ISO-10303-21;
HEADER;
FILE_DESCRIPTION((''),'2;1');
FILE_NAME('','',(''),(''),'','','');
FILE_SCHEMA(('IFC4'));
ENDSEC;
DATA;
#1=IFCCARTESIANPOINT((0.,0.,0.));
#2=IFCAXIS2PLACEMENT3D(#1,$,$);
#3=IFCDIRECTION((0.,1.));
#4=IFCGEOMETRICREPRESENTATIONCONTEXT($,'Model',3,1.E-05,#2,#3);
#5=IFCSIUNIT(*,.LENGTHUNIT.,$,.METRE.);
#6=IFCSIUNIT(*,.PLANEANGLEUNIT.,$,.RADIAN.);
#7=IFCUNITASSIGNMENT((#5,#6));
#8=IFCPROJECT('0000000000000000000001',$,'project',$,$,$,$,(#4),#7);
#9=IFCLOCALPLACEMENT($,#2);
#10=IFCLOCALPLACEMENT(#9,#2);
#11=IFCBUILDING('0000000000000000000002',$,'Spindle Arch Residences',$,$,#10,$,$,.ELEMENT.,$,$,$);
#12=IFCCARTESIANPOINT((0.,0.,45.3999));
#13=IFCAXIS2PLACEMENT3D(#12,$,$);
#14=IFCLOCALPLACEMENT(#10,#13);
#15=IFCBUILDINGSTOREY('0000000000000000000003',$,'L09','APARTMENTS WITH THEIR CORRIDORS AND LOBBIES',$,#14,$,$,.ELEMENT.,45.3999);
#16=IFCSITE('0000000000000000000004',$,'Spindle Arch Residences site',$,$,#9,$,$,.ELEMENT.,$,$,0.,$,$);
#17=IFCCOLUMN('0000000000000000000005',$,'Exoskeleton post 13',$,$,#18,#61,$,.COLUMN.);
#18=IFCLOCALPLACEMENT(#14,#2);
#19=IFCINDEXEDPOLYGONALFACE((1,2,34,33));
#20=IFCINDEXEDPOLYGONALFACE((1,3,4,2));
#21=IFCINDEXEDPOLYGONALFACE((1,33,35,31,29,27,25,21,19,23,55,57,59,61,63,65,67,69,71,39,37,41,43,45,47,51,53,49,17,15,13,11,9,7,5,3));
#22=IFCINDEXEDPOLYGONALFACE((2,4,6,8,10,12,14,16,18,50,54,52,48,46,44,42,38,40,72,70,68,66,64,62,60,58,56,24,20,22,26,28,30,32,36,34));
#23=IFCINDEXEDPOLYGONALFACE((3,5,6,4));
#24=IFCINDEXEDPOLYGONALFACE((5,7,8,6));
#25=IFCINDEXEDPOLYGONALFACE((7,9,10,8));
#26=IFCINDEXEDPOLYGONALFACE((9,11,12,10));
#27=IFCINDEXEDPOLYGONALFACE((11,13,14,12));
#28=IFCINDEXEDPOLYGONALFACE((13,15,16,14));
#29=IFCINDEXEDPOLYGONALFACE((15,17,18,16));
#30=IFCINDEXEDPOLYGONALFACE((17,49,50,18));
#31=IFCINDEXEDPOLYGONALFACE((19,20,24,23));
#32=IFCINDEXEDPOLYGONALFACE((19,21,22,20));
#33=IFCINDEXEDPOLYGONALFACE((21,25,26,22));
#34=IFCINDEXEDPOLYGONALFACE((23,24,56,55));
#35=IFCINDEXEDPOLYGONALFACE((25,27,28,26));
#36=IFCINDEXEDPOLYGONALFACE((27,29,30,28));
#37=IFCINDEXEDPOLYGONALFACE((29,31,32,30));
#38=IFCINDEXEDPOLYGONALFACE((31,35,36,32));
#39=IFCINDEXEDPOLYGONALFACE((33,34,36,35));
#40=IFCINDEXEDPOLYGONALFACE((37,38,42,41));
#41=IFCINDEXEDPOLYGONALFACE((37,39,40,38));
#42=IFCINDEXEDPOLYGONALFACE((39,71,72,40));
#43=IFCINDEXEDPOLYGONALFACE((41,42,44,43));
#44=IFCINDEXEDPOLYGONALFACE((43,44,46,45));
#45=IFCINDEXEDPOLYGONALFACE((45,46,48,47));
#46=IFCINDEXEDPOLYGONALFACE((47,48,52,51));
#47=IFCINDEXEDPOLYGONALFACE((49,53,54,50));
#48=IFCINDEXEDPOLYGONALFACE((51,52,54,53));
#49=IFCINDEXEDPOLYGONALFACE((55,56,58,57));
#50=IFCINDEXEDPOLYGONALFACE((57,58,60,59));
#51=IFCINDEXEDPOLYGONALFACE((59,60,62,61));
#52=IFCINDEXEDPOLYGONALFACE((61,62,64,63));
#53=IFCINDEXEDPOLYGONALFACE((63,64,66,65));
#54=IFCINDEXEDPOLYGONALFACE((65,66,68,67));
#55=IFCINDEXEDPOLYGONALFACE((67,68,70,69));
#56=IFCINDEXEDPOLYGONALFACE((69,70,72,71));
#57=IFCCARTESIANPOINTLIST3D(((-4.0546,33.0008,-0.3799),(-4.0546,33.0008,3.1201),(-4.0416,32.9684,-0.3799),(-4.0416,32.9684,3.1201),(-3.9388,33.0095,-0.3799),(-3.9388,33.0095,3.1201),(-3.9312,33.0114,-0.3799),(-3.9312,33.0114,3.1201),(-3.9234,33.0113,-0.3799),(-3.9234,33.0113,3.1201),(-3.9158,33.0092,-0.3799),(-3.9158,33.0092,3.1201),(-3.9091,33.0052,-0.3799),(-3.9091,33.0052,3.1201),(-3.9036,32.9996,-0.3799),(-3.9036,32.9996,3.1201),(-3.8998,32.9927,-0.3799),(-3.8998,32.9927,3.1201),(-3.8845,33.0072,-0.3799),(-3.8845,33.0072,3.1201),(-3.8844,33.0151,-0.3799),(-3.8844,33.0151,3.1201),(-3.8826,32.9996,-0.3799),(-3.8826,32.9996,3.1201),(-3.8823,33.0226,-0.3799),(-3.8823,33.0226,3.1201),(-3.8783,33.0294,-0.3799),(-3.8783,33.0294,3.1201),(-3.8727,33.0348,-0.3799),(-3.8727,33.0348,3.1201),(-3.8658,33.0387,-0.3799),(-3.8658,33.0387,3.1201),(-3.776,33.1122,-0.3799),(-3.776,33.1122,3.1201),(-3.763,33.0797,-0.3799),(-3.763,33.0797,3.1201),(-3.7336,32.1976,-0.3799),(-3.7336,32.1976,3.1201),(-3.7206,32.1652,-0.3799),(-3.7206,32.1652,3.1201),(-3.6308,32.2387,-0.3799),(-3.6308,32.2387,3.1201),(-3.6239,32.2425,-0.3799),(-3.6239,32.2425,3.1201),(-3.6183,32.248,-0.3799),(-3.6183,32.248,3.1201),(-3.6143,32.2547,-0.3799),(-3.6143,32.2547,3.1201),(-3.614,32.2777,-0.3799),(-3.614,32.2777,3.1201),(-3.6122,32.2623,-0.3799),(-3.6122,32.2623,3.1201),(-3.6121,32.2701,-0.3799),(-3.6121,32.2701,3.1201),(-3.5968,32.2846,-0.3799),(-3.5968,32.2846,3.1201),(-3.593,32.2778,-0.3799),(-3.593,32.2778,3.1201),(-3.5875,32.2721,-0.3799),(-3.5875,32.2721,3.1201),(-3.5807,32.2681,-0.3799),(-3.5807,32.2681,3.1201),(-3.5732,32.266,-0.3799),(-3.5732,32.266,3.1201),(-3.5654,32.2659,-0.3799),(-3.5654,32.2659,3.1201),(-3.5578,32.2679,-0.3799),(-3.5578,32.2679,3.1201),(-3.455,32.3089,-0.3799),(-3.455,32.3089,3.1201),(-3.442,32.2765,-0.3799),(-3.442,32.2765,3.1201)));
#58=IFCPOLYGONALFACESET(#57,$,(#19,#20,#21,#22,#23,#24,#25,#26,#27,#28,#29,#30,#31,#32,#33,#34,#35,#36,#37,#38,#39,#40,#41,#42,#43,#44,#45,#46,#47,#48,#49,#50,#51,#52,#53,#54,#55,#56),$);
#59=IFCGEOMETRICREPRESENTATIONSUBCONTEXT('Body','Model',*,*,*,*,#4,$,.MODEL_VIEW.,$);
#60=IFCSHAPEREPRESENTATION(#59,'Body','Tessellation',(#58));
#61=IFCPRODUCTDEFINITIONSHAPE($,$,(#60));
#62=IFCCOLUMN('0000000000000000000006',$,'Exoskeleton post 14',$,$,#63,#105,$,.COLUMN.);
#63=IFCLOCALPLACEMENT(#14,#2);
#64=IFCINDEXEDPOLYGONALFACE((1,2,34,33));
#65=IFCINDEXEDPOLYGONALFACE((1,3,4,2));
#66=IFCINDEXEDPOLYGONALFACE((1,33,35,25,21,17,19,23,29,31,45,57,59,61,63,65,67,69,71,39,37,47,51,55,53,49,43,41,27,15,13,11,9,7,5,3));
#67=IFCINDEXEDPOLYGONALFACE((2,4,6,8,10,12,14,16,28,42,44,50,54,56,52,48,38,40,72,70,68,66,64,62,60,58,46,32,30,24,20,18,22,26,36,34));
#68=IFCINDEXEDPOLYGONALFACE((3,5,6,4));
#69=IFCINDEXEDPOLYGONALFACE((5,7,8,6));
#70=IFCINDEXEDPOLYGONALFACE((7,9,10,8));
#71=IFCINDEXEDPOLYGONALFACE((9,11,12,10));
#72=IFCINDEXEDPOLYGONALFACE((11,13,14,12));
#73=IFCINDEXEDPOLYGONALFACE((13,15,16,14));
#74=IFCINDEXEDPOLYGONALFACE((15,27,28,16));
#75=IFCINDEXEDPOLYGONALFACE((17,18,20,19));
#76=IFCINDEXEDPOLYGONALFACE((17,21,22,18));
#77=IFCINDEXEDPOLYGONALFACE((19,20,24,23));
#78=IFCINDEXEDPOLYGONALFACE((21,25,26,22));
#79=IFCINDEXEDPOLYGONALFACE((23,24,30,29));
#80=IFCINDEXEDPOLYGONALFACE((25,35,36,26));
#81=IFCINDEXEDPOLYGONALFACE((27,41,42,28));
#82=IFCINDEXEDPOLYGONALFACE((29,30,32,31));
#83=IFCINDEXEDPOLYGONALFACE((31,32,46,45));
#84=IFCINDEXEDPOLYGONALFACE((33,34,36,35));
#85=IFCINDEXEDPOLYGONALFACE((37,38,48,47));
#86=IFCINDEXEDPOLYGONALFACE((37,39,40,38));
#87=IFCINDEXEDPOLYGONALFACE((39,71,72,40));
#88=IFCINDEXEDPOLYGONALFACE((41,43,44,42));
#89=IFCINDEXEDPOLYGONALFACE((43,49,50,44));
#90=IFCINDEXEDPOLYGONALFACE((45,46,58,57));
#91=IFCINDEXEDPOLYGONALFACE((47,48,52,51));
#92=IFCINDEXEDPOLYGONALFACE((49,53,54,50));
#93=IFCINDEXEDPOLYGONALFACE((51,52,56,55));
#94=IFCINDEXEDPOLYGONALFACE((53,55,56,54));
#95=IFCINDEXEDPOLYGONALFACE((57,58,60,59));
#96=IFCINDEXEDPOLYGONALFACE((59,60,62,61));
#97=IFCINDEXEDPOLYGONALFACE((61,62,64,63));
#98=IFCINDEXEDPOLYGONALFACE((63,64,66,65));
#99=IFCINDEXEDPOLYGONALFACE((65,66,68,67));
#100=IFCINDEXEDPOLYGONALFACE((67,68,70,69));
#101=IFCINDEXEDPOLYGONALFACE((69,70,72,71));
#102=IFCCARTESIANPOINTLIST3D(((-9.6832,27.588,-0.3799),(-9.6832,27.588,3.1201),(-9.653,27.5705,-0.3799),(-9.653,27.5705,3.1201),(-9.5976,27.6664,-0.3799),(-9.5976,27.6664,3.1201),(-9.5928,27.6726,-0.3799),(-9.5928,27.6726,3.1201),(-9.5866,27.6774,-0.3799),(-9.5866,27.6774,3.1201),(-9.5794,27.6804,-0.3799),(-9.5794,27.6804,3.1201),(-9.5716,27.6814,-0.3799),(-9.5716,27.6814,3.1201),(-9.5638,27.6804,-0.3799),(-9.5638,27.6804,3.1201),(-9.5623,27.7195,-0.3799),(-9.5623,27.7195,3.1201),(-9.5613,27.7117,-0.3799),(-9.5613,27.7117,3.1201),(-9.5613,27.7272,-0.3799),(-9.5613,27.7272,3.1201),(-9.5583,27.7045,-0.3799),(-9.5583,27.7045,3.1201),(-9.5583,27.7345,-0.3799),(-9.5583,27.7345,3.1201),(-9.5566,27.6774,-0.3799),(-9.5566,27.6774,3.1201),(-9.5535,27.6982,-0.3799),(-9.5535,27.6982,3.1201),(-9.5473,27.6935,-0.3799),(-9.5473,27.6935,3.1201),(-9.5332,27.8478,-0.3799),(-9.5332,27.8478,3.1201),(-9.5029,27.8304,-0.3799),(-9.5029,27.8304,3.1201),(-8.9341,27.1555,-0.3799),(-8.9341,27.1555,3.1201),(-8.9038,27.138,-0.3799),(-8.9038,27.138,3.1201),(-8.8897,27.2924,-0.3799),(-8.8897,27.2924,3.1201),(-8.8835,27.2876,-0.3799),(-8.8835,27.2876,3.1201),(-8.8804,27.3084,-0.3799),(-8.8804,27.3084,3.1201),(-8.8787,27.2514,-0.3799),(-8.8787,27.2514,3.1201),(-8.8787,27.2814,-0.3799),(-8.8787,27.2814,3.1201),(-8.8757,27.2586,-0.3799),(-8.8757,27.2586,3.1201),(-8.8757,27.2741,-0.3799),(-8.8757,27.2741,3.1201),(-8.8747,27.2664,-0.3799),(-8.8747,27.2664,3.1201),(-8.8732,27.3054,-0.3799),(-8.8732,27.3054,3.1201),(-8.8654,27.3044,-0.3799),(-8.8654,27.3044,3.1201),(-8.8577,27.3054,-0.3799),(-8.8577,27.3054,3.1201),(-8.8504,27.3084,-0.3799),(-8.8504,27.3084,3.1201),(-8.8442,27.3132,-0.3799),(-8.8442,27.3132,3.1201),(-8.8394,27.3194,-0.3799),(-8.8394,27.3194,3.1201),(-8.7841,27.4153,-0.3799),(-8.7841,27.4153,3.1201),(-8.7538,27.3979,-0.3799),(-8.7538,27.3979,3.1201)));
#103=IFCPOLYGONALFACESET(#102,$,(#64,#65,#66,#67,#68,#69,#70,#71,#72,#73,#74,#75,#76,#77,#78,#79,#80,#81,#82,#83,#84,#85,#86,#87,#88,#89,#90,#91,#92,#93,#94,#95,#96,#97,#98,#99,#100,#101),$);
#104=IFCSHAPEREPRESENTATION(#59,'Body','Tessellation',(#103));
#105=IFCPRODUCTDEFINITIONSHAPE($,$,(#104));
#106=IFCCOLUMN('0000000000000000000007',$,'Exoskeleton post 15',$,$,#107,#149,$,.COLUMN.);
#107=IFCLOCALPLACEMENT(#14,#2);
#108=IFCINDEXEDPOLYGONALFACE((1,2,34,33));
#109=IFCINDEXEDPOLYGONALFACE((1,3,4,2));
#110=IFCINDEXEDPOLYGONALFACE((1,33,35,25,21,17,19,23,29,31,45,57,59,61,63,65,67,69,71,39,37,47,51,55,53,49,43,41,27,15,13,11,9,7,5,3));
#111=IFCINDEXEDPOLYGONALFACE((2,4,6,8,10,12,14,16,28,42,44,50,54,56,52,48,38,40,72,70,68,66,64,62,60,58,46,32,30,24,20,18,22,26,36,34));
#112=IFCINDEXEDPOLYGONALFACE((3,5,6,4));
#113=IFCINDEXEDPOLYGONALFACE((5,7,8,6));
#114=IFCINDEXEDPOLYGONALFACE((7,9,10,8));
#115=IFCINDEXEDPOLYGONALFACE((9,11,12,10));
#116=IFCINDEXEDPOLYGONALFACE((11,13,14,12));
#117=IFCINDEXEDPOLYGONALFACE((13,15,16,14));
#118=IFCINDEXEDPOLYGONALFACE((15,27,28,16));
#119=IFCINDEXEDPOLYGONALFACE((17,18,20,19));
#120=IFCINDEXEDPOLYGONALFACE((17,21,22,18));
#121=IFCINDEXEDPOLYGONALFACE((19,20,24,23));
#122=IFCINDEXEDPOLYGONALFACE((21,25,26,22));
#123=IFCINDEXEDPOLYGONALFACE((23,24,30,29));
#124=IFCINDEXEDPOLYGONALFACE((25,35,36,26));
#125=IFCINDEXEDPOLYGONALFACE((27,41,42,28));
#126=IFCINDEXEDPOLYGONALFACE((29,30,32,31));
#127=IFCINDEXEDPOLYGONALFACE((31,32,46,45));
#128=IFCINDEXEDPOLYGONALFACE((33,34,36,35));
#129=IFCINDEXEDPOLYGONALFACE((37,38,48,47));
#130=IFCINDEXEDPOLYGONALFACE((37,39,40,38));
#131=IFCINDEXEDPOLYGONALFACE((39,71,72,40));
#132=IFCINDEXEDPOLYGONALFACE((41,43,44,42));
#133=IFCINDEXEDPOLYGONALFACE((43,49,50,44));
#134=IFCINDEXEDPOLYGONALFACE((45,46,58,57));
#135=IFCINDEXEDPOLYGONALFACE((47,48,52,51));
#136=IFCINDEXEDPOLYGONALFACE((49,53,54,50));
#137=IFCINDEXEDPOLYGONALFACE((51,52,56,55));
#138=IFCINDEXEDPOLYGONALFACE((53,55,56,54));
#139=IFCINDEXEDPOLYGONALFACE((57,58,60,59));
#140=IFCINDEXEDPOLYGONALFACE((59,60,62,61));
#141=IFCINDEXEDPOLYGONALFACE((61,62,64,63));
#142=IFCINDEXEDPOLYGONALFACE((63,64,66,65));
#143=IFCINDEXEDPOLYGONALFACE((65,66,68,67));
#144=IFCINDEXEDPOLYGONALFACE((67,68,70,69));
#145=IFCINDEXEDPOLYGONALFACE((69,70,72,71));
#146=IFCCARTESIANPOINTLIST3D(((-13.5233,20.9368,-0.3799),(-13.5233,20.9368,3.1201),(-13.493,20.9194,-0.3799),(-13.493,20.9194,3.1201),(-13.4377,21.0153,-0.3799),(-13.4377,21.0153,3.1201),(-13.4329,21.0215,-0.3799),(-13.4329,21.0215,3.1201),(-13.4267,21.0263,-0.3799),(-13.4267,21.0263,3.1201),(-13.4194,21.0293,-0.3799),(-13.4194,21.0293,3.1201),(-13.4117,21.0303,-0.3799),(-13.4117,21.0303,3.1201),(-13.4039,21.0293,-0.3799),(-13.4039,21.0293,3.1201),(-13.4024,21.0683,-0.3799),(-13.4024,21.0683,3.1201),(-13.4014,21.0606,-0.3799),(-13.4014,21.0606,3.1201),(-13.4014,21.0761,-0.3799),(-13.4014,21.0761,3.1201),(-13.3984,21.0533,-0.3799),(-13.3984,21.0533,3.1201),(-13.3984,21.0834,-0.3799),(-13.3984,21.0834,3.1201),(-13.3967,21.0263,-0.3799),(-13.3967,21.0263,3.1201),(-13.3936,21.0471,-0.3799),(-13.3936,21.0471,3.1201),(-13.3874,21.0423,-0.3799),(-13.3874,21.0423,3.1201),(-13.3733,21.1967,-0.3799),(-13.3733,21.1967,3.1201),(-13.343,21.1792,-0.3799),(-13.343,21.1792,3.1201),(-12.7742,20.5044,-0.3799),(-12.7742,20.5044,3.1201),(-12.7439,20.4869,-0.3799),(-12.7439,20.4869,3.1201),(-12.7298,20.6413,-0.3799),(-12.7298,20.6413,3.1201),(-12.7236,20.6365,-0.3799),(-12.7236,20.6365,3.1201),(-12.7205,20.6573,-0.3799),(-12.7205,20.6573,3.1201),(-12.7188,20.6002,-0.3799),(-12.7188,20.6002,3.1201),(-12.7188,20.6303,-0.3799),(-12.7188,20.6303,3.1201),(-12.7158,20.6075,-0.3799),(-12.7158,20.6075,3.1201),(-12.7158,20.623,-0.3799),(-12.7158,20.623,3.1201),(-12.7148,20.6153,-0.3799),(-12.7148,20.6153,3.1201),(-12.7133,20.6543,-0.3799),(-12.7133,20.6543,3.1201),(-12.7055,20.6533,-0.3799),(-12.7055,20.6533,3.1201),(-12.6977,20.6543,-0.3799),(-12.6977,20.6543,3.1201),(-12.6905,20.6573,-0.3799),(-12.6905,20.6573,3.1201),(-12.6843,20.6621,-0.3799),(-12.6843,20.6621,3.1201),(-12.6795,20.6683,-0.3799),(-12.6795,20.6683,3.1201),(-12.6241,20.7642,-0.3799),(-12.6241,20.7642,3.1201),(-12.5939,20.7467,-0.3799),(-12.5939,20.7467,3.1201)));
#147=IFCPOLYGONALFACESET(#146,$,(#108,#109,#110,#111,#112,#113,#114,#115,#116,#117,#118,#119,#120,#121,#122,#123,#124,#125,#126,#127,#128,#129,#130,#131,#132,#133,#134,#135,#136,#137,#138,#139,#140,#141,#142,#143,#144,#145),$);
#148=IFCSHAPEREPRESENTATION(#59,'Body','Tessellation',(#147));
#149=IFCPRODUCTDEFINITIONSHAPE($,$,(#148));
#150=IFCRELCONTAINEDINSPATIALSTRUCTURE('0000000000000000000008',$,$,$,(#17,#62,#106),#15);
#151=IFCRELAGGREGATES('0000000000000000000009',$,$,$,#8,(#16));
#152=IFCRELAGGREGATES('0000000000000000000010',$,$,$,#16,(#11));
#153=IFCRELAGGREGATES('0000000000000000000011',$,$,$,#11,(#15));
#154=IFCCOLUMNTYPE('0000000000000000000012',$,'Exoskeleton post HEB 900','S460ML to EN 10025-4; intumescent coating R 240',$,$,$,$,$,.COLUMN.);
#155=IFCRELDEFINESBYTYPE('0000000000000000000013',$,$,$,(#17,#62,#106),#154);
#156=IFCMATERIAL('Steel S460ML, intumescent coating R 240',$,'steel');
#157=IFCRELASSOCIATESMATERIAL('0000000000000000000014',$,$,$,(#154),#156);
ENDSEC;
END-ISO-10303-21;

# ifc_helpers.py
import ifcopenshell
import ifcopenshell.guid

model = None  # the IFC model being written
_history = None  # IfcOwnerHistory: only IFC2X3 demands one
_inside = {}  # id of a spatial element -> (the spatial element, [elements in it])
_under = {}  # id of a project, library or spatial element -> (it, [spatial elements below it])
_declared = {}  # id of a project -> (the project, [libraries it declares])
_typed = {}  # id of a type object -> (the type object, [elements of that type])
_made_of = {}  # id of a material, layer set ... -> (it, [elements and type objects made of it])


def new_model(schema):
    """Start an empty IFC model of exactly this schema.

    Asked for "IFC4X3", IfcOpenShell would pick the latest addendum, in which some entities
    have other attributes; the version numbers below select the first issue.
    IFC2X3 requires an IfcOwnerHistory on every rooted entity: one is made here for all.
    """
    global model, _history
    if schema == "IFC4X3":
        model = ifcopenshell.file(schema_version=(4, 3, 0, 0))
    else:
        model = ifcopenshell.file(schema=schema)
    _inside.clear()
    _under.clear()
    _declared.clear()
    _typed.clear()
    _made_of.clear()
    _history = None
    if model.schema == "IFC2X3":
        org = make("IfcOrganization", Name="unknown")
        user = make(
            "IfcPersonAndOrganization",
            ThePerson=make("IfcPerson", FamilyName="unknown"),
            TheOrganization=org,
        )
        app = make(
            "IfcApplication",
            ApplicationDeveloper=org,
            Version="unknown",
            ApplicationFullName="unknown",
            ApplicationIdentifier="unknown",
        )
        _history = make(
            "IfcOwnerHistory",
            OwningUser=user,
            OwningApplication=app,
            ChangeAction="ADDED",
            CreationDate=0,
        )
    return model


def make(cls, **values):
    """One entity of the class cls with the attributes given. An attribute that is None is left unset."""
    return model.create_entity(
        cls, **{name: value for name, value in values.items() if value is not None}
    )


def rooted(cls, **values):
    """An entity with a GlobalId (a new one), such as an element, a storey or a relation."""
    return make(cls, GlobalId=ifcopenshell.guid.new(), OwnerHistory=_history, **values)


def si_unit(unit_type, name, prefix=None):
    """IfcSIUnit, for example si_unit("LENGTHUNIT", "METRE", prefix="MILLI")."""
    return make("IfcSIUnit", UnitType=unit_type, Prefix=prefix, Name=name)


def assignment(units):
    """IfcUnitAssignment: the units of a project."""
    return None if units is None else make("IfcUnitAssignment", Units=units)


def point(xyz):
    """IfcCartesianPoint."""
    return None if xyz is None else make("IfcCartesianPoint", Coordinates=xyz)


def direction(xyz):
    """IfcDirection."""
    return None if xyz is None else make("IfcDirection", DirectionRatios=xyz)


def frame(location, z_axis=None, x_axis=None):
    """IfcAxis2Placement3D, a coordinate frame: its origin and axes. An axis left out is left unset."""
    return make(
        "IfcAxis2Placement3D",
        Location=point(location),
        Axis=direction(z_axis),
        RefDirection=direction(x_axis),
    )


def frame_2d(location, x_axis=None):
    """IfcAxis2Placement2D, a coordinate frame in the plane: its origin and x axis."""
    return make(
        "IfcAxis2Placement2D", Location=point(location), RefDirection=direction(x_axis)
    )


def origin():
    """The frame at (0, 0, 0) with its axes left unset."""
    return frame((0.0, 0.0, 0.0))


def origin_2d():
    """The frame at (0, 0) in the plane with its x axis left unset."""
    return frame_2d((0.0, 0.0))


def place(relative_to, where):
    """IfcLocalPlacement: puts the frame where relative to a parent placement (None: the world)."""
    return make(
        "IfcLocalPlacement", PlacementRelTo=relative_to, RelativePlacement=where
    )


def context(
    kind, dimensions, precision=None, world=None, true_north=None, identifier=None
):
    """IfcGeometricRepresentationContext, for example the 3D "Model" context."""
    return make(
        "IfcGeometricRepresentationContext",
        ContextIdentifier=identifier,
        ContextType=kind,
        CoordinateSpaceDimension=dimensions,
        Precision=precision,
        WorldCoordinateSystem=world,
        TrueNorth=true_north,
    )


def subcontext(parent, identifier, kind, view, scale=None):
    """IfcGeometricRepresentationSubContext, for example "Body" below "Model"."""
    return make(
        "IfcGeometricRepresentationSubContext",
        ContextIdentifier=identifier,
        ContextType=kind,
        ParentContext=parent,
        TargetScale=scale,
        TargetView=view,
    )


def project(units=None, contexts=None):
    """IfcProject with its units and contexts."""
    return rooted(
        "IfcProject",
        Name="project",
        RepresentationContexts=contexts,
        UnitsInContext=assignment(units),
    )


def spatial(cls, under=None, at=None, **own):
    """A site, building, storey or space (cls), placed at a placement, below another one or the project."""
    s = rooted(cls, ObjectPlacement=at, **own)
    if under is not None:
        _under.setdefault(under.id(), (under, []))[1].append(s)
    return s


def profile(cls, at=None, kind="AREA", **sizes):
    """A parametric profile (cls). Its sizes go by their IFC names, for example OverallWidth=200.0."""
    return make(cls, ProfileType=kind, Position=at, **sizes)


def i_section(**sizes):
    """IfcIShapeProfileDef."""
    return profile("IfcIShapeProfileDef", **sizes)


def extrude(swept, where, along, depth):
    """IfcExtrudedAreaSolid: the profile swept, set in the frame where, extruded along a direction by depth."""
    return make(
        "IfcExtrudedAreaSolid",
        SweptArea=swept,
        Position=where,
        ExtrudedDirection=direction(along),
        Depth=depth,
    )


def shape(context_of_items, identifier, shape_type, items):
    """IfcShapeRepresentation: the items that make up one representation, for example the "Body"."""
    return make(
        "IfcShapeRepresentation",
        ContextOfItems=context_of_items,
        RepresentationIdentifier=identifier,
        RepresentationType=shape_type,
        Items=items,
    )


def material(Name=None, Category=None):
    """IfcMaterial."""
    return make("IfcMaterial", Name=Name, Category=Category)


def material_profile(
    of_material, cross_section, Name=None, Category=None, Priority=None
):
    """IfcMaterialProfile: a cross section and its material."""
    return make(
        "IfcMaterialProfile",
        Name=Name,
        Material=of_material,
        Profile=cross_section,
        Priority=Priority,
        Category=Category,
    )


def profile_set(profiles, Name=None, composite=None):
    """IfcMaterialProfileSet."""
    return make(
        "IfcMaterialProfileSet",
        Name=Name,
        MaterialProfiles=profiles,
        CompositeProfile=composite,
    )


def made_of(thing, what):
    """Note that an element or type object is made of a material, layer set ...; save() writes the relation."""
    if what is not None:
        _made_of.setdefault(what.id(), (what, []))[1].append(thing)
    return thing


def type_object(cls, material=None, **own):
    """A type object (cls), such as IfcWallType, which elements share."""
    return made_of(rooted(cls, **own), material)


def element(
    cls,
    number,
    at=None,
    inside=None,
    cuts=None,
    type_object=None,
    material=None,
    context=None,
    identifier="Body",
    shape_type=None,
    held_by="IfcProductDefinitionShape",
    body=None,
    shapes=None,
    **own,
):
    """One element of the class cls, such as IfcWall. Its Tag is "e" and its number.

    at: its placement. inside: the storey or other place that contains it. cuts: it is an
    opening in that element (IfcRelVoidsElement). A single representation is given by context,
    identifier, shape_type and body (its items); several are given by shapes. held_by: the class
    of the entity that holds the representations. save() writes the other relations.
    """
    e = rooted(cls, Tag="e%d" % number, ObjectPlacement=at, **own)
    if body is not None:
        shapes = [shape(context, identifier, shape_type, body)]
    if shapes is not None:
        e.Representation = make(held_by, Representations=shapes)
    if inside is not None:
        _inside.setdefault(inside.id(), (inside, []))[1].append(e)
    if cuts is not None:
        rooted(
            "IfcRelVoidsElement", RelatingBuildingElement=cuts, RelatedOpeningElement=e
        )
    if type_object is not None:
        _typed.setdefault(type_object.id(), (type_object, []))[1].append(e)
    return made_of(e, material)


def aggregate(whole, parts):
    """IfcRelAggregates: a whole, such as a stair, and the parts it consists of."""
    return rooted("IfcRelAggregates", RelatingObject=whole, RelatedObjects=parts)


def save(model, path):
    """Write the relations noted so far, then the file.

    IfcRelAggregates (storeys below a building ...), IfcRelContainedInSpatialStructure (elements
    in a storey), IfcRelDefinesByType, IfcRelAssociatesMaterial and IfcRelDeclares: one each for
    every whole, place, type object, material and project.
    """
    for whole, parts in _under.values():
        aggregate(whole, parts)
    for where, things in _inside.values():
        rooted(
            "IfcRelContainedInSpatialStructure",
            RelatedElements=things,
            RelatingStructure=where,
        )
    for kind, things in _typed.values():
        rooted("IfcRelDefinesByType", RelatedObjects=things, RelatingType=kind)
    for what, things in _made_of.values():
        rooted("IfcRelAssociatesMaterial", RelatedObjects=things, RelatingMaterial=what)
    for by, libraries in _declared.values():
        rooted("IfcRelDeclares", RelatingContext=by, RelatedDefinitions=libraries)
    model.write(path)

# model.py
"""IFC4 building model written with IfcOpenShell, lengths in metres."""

from ifc_helpers import new_model, si_unit, direction, frame, origin, origin_2d, place, context, subcontext, project, spatial, i_section, extrude, material, material_profile, profile_set, type_object, element, save


model = new_model("IFC4")

# Units and contexts
model_context = context("Model", 3, precision=1e-05, world=origin(), true_north=direction((0.0, 1.0)))
body_context = subcontext(model_context, "Body", "Model", "MODEL_VIEW")
ifc_project = project(units=[si_unit("LENGTHUNIT", "METRE"), si_unit("PLANEANGLEUNIT", "RADIAN")], contexts=[model_context])

# Site, building, storey
site_placement = place(None, origin())
site = spatial("IfcSite", under=ifc_project, at=site_placement, Name="Spindle Arch Residences site", CompositionType="ELEMENT", RefElevation=0.0)
building_placement = place(site_placement, origin())
building = spatial("IfcBuilding", under=site, at=building_placement, Name="Spindle Arch Residences", CompositionType="ELEMENT")
storey_placement = place(building_placement, frame((0.0, 0.0, 45.3999)))
storey = spatial("IfcBuildingStorey", under=building, at=storey_placement, Name="L09", Description="APARTMENTS WITH THEIR CORRIDORS AND LOBBIES", CompositionType="ELEMENT", Elevation=45.3999)

# Columns
ifc_material_1 = material(Name="Steel S460ML, intumescent coating R 240", Category="steel")
ifc_material_profile_1 = material_profile(ifc_material_1, i_section(OverallWidth=0.3, OverallDepth=0.8999, WebThickness=0.0186, FlangeThickness=0.0349, FilletRadius=0.03, at=origin_2d()), Name="HEB 900")
ifc_profile_set_1 = profile_set([ifc_material_profile_1], Name="Steel S460ML, intumescent coating R 240")
column_type_1 = type_object("IfcColumnType", Name="Exoskeleton post HEB 900", Description="S460ML to EN 10025-4; intumescent coating R 240", PredefinedType="COLUMN", material=ifc_profile_set_1)
for number, where, z_axis, x_axis, name in (
    (1, (-3.7483, 32.6387, -0.3799), (0.0, 0.0, 1.0), (0.92859, 0.371108, 0.0), "Exoskeleton post 13"),
    (2, (-9.2185, 27.4929, -0.3799), (0.0, 0.0, 1.0), (0.5, 0.866025, 0.0), "Exoskeleton post 14"),
    (3, (-13.0586, 20.8418, -0.3799), (0.0, 0.0, 1.0), (0.5, 0.866025, 0.0), "Exoskeleton post 15"),
):
    element("IfcColumn", number, at=place(storey_placement, frame(where, z_axis=z_axis, x_axis=x_axis)), inside=storey, type_object=column_type_1, Name=name, PredefinedType="COLUMN", context=body_context, shape_type="SweptSolid", body=[
        extrude(i_section(OverallWidth=0.3, OverallDepth=0.8999, WebThickness=0.0186, FlangeThickness=0.0349, FilletRadius=0.03, at=origin_2d()), origin(), (0.0, 0.0, 1.0), 3.5),
    ])

save(model, "model.ifc")
